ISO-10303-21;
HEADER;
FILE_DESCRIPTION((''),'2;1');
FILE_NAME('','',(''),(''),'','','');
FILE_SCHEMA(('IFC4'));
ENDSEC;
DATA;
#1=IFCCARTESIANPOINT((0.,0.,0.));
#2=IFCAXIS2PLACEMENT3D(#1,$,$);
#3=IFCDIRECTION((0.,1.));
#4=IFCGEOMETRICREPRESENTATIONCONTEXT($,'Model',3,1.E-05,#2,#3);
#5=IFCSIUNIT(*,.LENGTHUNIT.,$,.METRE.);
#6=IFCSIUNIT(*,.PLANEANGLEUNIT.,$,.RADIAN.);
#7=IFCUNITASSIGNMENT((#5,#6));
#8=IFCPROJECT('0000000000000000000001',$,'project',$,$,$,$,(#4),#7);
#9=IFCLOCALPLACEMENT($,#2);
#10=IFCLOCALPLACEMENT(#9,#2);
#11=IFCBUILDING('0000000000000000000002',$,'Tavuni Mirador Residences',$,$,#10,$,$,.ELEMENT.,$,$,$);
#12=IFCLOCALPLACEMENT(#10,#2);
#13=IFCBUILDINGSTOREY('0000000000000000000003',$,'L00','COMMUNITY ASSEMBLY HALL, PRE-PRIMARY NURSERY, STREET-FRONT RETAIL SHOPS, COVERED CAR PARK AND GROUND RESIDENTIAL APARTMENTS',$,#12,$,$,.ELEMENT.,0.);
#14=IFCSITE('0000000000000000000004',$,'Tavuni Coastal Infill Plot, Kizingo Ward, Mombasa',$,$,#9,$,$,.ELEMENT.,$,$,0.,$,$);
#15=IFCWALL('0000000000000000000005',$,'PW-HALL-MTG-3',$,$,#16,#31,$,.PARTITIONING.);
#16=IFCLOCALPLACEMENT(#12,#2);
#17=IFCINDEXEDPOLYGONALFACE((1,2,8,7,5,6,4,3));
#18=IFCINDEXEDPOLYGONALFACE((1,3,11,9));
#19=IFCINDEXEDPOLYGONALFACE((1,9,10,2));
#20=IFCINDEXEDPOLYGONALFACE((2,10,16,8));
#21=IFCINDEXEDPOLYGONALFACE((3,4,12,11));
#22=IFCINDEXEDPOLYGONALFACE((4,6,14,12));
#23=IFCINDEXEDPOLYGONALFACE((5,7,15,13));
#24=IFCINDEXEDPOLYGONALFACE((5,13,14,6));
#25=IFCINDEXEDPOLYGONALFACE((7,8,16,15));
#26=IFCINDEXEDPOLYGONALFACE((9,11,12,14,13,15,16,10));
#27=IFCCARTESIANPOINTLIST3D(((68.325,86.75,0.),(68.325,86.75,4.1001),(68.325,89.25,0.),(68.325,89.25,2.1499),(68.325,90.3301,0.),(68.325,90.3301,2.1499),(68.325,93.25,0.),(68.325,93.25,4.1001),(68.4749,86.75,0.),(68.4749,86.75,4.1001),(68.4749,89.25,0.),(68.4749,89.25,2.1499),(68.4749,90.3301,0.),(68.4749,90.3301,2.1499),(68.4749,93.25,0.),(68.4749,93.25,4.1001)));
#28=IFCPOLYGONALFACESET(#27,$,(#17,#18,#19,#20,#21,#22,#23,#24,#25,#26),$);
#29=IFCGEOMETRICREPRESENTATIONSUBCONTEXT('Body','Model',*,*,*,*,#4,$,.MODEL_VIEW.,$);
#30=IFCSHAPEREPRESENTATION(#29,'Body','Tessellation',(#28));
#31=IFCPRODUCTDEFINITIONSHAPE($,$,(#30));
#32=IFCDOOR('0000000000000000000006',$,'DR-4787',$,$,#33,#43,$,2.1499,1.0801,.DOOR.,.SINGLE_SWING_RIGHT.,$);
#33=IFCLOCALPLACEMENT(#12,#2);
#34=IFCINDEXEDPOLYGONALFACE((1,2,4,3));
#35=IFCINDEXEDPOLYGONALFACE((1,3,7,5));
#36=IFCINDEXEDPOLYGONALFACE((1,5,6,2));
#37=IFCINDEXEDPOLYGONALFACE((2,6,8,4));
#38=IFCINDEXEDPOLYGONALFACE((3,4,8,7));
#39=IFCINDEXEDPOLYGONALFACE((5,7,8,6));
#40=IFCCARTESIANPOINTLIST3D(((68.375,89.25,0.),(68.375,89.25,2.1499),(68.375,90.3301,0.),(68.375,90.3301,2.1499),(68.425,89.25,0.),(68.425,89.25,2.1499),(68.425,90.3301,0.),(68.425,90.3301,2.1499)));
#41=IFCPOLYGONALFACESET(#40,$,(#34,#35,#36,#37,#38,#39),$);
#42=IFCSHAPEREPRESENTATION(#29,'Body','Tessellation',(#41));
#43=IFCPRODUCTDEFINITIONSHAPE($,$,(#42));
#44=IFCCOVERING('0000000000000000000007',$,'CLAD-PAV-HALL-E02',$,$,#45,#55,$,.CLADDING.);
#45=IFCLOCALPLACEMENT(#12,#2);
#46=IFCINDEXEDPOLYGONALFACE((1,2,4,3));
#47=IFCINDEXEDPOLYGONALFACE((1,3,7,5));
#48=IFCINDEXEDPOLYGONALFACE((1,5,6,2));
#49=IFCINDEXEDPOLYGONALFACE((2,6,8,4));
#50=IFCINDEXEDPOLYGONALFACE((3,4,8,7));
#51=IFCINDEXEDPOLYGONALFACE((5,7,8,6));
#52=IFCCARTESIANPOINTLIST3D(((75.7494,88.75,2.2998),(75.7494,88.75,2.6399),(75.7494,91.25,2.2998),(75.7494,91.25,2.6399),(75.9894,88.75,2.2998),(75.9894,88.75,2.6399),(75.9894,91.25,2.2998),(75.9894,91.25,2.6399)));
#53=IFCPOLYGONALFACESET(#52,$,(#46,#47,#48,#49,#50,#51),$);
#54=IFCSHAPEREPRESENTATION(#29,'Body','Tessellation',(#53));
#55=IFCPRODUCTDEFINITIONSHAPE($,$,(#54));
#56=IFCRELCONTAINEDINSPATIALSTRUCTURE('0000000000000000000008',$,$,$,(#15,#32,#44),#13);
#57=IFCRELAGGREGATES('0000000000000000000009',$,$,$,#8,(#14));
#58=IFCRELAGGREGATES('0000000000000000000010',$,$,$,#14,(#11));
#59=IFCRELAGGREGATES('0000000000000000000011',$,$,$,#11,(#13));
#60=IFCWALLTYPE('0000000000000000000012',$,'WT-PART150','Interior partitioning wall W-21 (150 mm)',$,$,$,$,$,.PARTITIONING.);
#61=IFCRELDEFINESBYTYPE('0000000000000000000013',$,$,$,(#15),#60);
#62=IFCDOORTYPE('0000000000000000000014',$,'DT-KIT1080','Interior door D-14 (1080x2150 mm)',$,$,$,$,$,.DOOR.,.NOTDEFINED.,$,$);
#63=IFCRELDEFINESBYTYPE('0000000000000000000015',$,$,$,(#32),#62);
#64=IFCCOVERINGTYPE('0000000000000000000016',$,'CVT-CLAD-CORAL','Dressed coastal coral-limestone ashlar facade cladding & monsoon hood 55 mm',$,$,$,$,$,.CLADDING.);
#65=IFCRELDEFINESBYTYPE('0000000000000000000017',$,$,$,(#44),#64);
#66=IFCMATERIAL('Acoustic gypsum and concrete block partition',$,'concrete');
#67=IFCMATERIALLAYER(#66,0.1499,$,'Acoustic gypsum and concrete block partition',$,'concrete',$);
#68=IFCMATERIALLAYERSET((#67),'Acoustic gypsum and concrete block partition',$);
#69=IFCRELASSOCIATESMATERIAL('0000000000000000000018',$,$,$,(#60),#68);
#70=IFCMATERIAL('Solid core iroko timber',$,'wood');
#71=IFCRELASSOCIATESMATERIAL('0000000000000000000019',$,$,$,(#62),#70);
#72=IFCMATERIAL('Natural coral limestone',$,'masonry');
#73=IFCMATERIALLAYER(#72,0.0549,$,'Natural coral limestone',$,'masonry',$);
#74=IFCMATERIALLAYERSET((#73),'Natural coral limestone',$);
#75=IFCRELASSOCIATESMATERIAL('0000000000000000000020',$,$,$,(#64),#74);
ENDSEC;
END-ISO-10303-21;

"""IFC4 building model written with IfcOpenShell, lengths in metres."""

from ifc_helpers import new_model, si_unit, direction, frame, frame_2d, origin, origin_2d, place, context, subcontext, project, spatial, rectangle, extrude, material, layer, layer_set, type_object, element, fill, save


model = new_model("IFC4")

# Units and contexts
model_context = context("Model", 3, precision=1e-05, world=origin(), true_north=direction((0.0, 1.0)))
body_context = subcontext(model_context, "Body", "Model", "MODEL_VIEW")
ifc_project = project(units=[si_unit("LENGTHUNIT", "METRE"), si_unit("PLANEANGLEUNIT", "RADIAN")], contexts=[model_context])

# Site, building, storey
site_placement = place(None, origin())
site = spatial("IfcSite", under=ifc_project, at=site_placement, Name="Tavuni Coastal Infill Plot, Kizingo Ward, Mombasa", CompositionType="ELEMENT", RefElevation=0.0)
building_placement = place(site_placement, origin())
building = spatial("IfcBuilding", under=site, at=building_placement, Name="Tavuni Mirador Residences", CompositionType="ELEMENT")
storey_placement = place(building_placement, origin())
storey = spatial("IfcBuildingStorey", under=building, at=storey_placement, Name="L00", Description="COMMUNITY ASSEMBLY HALL, PRE-PRIMARY NURSERY, STREET-FRONT RETAIL SHOPS, COVERED CAR PARK AND GROUND RESIDENTIAL APARTMENTS", CompositionType="ELEMENT", Elevation=0.0)

# Shared definitions
ifc_material_1 = material(Name="Acoustic gypsum and concrete block partition", Category="concrete")

# Wall, opening, door
ifc_layer_1 = layer(ifc_material_1, 0.1499, Name="Acoustic gypsum and concrete block partition", Category="concrete")
ifc_layer_set_1 = layer_set([ifc_layer_1], Name="Acoustic gypsum and concrete block partition")
wall_type_1 = type_object("IfcWallType", Name="WT-PART150", Description="Interior partitioning wall W-21 (150 mm)", PredefinedType="PARTITIONING", material=ifc_layer_set_1)
wall_1_placement = place(storey_placement, frame((68.3999, 86.75, 0.0), z_axis=(0.0, 0.0, 1.0), x_axis=(0.0, 1.0, 0.0)))
wall_1 = element("IfcWall", 1, at=wall_1_placement, inside=storey, type_object=wall_type_1, Name="PW-HALL-MTG-3", PredefinedType="PARTITIONING", context=body_context, shape_type="SweptSolid", body=[
    extrude(rectangle(XDim=6.5, YDim=0.1499, at=frame_2d((3.25, 0.0))), origin(), (0.0, 0.0, 1.0), 4.1001),
])
opening_1_placement = place(wall_1_placement, frame((2.5, 0.0, 0.0)))
opening_1 = element("IfcOpeningElement", 2, at=opening_1_placement, cuts=wall_1, PredefinedType="OPENING", context=body_context, shape_type="SweptSolid", body=[
    extrude(rectangle(XDim=1.0801, YDim=2.1499, at=frame_2d((0.54, 1.075))), frame((0.0, 0.085, 0.0), z_axis=(0.0, -1.0, 0.0), x_axis=(1.0, 0.0, 0.0)), (0.0, 0.0, 1.0), 0.1699),
])
ifc_material_2 = material(Name="Solid core iroko timber", Category="wood")
door_type_1 = type_object("IfcDoorType", Name="DT-KIT1080", Description="Interior door D-14 (1080x2150 mm)", OperationType="NOTDEFINED", PredefinedType="DOOR", material=ifc_material_2)
door_1_placement = place(opening_1_placement, origin())
door_1 = element("IfcDoor", 3, at=door_1_placement, inside=storey, type_object=door_type_1, Name="DR-4787", OperationType="SINGLE_SWING_RIGHT", OverallHeight=2.1499, OverallWidth=1.0801, PredefinedType="DOOR", context=body_context, shape_type="SweptSolid", body=[
    extrude(rectangle(XDim=1.0801, YDim=2.1499, at=frame_2d((0.54, 1.075))), frame((0.0, 0.0249, 0.0), z_axis=(0.0, -1.0, 0.0), x_axis=(1.0, 0.0, 0.0)), (0.0, 0.0, 1.0), 0.05),
])
fill(opening_1, door_1)

# Covering
ifc_material_3 = material(Name="Natural coral limestone", Category="masonry")
ifc_layer_2 = layer(ifc_material_3, 0.0549, Name="Natural coral limestone", Category="masonry")
ifc_layer_set_2 = layer_set([ifc_layer_2], Name="Natural coral limestone")
covering_type = type_object("IfcCoveringType", Name="CVT-CLAD-CORAL", Description="Dressed coastal coral-limestone ashlar facade cladding & monsoon hood 55 mm", PredefinedType="CLADDING", material=ifc_layer_set_2)
covering_placement = place(storey_placement, frame((75.8694, 90.0, 2.2998), z_axis=(0.0, 0.0, 1.0), x_axis=(0.0, 1.0, 0.0)))
element("IfcCovering", 4, at=covering_placement, inside=storey, type_object=covering_type, Name="CLAD-PAV-HALL-E02", PredefinedType="CLADDING", context=body_context, shape_type="SweptSolid", body=[
    extrude(rectangle(XDim=2.5, YDim=0.24, at=origin_2d()), origin(), (0.0, 0.0, 1.0), 0.3401),
])

save(model, "model.ifc")
